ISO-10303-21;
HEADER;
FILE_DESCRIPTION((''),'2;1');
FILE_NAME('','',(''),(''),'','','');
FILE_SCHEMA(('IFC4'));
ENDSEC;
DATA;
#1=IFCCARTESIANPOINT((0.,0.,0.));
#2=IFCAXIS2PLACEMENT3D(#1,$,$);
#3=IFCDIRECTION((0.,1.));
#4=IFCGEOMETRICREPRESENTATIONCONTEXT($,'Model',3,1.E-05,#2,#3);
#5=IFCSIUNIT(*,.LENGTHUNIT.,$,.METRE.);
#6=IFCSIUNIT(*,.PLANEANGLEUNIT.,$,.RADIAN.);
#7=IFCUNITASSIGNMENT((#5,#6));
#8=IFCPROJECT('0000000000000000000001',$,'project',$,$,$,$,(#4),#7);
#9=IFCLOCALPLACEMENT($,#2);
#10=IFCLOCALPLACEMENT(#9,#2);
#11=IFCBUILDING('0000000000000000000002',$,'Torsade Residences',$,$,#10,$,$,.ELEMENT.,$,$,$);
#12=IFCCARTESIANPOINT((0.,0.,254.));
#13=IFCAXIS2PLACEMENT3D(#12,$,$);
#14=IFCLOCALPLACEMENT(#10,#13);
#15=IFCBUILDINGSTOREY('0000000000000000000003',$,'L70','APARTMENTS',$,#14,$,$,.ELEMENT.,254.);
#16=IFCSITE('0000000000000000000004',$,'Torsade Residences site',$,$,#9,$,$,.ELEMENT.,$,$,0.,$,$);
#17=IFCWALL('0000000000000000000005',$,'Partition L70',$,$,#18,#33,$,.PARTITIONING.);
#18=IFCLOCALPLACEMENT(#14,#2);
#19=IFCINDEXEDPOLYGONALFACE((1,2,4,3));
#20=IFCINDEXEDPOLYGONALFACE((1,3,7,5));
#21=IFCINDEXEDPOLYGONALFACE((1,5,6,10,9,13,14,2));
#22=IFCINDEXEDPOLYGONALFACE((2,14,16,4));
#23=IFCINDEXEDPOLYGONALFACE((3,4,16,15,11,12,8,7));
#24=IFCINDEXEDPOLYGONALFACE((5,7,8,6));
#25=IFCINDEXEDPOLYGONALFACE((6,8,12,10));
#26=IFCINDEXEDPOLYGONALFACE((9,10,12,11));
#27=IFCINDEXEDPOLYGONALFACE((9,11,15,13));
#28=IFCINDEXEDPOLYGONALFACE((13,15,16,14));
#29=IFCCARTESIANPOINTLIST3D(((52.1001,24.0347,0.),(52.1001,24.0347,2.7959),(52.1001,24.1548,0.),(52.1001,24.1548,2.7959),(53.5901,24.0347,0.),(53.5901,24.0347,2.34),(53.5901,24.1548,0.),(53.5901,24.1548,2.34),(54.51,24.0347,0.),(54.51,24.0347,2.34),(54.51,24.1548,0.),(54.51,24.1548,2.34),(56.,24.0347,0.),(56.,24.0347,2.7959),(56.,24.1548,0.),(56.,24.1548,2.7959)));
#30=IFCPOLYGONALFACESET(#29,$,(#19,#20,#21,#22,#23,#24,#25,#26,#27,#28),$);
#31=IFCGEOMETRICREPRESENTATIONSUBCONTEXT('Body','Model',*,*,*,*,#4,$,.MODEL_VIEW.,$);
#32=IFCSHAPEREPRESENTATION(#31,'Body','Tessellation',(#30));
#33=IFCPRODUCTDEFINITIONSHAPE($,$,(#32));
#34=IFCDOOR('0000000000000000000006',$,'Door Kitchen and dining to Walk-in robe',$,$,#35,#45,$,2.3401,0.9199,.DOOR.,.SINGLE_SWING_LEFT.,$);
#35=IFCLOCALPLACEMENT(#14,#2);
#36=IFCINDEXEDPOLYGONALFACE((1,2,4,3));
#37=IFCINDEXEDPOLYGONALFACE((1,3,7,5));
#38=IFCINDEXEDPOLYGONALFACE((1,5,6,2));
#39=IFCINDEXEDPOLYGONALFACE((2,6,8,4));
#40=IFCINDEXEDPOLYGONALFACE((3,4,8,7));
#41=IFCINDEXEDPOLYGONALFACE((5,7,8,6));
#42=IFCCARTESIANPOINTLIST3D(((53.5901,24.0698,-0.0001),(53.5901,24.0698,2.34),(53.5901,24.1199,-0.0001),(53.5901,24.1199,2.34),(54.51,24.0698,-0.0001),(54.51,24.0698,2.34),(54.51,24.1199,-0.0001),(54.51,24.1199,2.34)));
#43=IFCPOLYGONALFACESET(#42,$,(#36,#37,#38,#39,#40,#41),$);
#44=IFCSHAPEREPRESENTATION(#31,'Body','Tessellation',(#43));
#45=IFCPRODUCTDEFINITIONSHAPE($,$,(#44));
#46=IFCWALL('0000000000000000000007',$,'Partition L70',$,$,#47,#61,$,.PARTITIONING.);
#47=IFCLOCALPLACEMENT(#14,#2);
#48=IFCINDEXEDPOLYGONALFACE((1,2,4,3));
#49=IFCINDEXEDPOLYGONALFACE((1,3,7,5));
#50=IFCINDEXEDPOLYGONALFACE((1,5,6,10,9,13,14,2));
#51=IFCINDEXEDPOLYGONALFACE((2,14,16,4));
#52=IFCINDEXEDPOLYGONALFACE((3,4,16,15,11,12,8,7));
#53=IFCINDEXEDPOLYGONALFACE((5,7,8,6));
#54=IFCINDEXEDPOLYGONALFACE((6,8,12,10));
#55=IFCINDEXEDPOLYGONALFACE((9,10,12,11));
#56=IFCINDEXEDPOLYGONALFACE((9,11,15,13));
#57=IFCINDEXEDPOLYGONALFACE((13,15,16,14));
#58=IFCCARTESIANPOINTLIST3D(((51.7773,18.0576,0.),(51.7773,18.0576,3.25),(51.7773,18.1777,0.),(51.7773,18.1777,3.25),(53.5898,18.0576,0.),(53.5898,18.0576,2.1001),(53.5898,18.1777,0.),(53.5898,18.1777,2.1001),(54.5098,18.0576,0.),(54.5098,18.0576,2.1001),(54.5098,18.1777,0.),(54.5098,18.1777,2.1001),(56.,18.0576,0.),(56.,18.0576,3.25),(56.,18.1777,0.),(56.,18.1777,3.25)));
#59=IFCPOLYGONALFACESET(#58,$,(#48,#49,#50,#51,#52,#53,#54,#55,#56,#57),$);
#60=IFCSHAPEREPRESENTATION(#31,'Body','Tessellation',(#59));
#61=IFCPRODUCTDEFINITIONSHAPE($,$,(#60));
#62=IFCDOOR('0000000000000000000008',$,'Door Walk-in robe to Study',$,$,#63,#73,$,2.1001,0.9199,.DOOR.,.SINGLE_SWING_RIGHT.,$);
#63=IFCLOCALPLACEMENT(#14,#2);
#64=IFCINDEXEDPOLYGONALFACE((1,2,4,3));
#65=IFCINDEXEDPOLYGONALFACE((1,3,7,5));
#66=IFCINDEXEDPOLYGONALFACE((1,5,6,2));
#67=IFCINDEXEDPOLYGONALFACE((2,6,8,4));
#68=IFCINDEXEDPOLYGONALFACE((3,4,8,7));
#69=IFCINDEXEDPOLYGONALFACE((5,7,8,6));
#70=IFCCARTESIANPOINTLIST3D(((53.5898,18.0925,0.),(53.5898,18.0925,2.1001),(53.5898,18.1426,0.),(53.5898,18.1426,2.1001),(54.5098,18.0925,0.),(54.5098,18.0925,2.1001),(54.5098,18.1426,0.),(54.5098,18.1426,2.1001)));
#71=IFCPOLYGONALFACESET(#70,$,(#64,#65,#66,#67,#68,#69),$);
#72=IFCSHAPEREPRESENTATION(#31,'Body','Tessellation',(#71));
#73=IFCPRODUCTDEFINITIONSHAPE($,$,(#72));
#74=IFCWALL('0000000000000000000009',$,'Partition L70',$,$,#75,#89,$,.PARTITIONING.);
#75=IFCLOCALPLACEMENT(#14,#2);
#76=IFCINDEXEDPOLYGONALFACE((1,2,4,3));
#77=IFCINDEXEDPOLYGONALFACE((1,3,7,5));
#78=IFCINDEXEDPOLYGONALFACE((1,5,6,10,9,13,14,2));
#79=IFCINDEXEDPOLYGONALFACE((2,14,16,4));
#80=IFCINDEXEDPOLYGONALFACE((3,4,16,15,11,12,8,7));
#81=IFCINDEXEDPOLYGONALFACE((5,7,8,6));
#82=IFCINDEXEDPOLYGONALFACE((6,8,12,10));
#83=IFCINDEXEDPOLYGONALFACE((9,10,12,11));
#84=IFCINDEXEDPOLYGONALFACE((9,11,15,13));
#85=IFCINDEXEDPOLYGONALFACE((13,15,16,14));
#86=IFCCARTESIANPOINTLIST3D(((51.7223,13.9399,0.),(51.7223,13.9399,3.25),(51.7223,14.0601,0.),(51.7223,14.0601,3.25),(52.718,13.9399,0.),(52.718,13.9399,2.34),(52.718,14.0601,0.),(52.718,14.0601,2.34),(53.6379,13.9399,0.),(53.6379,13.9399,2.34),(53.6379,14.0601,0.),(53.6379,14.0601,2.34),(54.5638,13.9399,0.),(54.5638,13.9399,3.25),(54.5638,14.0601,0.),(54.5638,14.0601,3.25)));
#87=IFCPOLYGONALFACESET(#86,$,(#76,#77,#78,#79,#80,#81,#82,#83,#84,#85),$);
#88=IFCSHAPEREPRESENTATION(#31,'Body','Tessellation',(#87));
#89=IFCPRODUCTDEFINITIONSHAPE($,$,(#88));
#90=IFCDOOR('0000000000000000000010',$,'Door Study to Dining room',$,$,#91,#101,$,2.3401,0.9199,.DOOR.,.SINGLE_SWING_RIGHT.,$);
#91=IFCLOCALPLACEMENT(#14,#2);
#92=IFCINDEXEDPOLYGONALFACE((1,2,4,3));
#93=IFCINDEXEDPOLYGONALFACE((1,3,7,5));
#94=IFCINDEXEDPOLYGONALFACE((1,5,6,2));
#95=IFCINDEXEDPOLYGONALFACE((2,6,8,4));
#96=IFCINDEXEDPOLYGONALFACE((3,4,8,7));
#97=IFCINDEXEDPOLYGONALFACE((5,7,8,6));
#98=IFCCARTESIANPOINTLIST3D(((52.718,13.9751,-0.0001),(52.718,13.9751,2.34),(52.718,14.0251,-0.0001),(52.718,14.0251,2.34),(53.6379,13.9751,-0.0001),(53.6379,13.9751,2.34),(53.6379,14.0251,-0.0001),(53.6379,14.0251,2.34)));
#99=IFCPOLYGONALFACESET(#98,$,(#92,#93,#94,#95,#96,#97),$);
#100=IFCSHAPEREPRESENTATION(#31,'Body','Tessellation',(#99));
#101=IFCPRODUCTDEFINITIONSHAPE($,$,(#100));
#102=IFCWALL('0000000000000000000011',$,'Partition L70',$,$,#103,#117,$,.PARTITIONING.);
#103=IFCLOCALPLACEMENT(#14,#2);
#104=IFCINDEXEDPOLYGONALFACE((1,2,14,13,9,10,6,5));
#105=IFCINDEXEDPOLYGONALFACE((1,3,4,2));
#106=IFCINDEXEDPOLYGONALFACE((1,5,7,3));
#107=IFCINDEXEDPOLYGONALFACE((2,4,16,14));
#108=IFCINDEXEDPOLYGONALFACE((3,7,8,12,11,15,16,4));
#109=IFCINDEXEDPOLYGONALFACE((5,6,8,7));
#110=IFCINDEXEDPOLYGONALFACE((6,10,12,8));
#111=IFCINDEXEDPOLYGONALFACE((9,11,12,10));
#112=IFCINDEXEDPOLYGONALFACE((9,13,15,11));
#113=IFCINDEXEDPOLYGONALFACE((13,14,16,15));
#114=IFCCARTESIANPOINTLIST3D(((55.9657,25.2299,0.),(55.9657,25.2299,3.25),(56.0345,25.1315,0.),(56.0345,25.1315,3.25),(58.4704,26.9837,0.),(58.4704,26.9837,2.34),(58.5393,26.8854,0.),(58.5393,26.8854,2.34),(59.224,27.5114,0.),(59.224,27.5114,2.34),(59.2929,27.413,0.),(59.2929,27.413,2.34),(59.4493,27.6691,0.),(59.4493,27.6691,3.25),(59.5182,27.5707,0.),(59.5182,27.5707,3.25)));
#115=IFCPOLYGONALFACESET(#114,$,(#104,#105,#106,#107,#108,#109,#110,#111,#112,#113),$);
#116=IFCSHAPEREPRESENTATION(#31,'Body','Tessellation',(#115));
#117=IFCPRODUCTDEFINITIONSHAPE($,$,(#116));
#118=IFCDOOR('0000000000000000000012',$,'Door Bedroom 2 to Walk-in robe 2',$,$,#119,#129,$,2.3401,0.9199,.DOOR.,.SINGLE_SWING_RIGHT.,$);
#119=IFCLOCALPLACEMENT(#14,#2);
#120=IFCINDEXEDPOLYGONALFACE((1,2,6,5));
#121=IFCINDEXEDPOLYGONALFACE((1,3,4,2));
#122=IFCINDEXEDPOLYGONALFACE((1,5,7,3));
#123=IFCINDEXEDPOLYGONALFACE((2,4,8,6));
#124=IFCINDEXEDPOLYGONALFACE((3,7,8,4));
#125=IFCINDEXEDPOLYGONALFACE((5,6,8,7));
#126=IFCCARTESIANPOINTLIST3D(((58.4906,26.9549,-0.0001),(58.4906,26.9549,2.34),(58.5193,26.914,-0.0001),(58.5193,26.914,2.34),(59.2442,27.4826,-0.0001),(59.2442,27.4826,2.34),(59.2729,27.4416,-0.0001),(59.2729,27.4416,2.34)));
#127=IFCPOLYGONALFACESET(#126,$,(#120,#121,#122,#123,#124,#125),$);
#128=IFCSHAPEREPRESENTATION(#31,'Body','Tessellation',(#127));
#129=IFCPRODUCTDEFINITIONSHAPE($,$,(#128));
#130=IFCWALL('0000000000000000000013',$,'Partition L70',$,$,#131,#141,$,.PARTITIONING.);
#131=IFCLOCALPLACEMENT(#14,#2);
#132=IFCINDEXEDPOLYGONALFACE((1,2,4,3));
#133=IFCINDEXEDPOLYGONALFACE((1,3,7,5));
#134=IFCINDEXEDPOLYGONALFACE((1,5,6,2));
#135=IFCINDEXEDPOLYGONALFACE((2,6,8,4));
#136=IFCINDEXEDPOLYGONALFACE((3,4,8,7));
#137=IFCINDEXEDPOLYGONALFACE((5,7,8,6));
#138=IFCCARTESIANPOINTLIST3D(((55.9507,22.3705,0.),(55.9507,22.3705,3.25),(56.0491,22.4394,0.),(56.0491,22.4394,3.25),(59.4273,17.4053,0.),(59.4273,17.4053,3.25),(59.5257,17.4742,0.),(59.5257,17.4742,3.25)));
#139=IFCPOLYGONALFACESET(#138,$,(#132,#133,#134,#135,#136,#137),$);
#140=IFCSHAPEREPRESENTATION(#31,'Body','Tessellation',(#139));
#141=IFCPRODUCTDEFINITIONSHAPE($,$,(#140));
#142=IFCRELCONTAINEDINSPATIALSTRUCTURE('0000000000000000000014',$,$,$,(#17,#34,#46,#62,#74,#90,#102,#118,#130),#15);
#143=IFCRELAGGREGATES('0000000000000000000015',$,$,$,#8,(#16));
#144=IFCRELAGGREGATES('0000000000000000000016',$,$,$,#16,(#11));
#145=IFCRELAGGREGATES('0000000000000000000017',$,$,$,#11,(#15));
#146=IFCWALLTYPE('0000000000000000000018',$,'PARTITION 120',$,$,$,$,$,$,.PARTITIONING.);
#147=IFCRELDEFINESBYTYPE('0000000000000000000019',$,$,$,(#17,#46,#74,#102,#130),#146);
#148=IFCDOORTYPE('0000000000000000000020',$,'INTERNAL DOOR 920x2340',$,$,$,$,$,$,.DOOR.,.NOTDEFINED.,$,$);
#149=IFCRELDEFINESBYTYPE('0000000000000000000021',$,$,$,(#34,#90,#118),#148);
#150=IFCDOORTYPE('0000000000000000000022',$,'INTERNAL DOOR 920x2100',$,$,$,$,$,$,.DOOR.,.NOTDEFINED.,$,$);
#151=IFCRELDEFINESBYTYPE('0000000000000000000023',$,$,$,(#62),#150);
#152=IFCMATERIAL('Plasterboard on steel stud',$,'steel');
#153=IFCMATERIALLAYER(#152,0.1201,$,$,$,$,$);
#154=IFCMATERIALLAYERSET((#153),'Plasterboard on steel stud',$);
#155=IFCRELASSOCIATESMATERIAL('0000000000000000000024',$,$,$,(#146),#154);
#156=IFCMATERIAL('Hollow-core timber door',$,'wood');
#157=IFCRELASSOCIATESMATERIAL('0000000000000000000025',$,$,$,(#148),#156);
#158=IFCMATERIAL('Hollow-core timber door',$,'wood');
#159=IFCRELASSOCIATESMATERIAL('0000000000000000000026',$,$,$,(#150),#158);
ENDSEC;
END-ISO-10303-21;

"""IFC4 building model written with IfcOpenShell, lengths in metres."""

from ifc_helpers import new_model, si_unit, direction, frame, frame_2d, origin, place, context, subcontext, project, spatial, rectangle, extrude, material, layer, layer_set, type_object, element, fill, save


model = new_model("IFC4")

# Units and contexts
model_context = context("Model", 3, precision=1e-05, world=origin(), true_north=direction((0.0, 1.0)))
body_context = subcontext(model_context, "Body", "Model", "MODEL_VIEW")
ifc_project = project(units=[si_unit("LENGTHUNIT", "METRE"), si_unit("PLANEANGLEUNIT", "RADIAN")], contexts=[model_context])

# Site, building, storey
site_placement = place(None, origin())
site = spatial("IfcSite", under=ifc_project, at=site_placement, Name="Torsade Residences site", CompositionType="ELEMENT", RefElevation=0.0)
building_placement = place(site_placement, origin())
building = spatial("IfcBuilding", under=site, at=building_placement, Name="Torsade Residences", CompositionType="ELEMENT")
storey_placement = place(building_placement, frame((0.0, 0.0, 254.0)))
storey = spatial("IfcBuildingStorey", under=building, at=storey_placement, Name="L70", Description="APARTMENTS", CompositionType="ELEMENT", Elevation=254.0)

# Walls, openings, doors
ifc_material_1 = material(Name="Plasterboard on steel stud", Category="steel")
ifc_layer_1 = layer(ifc_material_1, 0.1201)
ifc_layer_set_1 = layer_set([ifc_layer_1], Name="Plasterboard on steel stud")
wall_type_1 = type_object("IfcWallType", Name="PARTITION 120", PredefinedType="PARTITIONING", material=ifc_layer_set_1)
wall_1_placement = place(storey_placement, frame((56.0, 24.0947, 0.0), z_axis=(0.0, 0.0, 1.0), x_axis=(-1.0, 0.0, 0.0)))
wall_1 = element("IfcWall", 1, at=wall_1_placement, inside=storey, type_object=wall_type_1, Name="Partition L70", PredefinedType="PARTITIONING", context=body_context, shape_type="SweptSolid", body=[
    extrude(rectangle(XDim=3.8999, YDim=0.1201, at=frame_2d((1.95, 0.0))), origin(), (0.0, 0.0, 1.0), 2.7959),
])
opening_1_placement = place(wall_1_placement, frame((1.49, 0.0, 0.0)))
opening_1 = element("IfcOpeningElement", 2, at=opening_1_placement, cuts=wall_1, PredefinedType="OPENING", context=body_context, shape_type="SweptSolid", body=[
    extrude(rectangle(XDim=0.9199, YDim=2.3401, at=frame_2d((0.46, 1.1699))), frame((0.0, 0.0701, 0.0), z_axis=(0.0, -1.0, 0.0), x_axis=(1.0, 0.0, 0.0)), (0.0, 0.0, 1.0), 0.1401),
])
ifc_material_2 = material(Name="Hollow-core timber door", Category="wood")
door_type_1 = type_object("IfcDoorType", Name="INTERNAL DOOR 920x2340", OperationType="NOTDEFINED", PredefinedType="DOOR", material=ifc_material_2)
door_1_placement = place(opening_1_placement, origin())
door_1 = element("IfcDoor", 3, at=door_1_placement, inside=storey, type_object=door_type_1, Name="Door Kitchen and dining to Walk-in robe", OperationType="SINGLE_SWING_LEFT", OverallHeight=2.3401, OverallWidth=0.9199, PredefinedType="DOOR", context=body_context, shape_type="SweptSolid", body=[
    extrude(rectangle(XDim=0.9199, YDim=2.3401, at=frame_2d((0.46, 1.1699))), frame((0.0, 0.0249, 0.0), z_axis=(0.0, -1.0, 0.0), x_axis=(1.0, 0.0, 0.0)), (0.0, 0.0, 1.0), 0.05),
])
fill(opening_1, door_1)
wall_2_placement = place(storey_placement, frame((51.7773, 18.1177, 0.0), z_axis=(0.0, 0.0, 1.0), x_axis=(1.0, 0.0, 0.0)))
wall_2 = element("IfcWall", 4, at=wall_2_placement, inside=storey, type_object=wall_type_1, Name="Partition L70", PredefinedType="PARTITIONING", context=body_context, shape_type="SweptSolid", body=[
    extrude(rectangle(XDim=4.2227, YDim=0.1201, at=frame_2d((2.1113, 0.0))), origin(), (0.0, 0.0, 1.0), 3.25),
])
opening_2_placement = place(wall_2_placement, frame((1.8125, 0.0, 0.0)))
opening_2 = element("IfcOpeningElement", 5, at=opening_2_placement, cuts=wall_2, PredefinedType="OPENING", context=body_context, shape_type="SweptSolid", body=[
    extrude(rectangle(XDim=0.9199, YDim=2.1001, at=frame_2d((0.46, 1.05))), frame((0.0, 0.0701, 0.0), z_axis=(0.0, -1.0, 0.0), x_axis=(1.0, 0.0, 0.0)), (0.0, 0.0, 1.0), 0.1401),
])
ifc_material_3 = material(Name="Hollow-core timber door", Category="wood")
door_type_2 = type_object("IfcDoorType", Name="INTERNAL DOOR 920x2100", OperationType="NOTDEFINED", PredefinedType="DOOR", material=ifc_material_3)
door_2_placement = place(opening_2_placement, origin())
door_2 = element("IfcDoor", 6, at=door_2_placement, inside=storey, type_object=door_type_2, Name="Door Walk-in robe to Study", OperationType="SINGLE_SWING_RIGHT", OverallHeight=2.1001, OverallWidth=0.9199, PredefinedType="DOOR", context=body_context, shape_type="SweptSolid", body=[
    extrude(rectangle(XDim=0.9199, YDim=2.1001, at=frame_2d((0.46, 1.05))), frame((0.0, 0.0249, 0.0), z_axis=(0.0, -1.0, 0.0), x_axis=(1.0, 0.0, 0.0)), (0.0, 0.0, 1.0), 0.05),
])
fill(opening_2, door_2)
wall_3_placement = place(storey_placement, frame((54.564, 14.0, 0.0), z_axis=(0.0, 0.0, 1.0), x_axis=(-1.0, 0.0, 0.0)))
wall_3 = element("IfcWall", 7, at=wall_3_placement, inside=storey, type_object=wall_type_1, Name="Partition L70", PredefinedType="PARTITIONING", context=body_context, shape_type="SweptSolid", body=[
    extrude(rectangle(XDim=2.8416, YDim=0.1201, at=frame_2d((1.4209, 0.0))), origin(), (0.0, 0.0, 1.0), 3.25),
])
opening_3_placement = place(wall_3_placement, frame((0.926, 0.0, 0.0)))
opening_3 = element("IfcOpeningElement", 8, at=opening_3_placement, cuts=wall_3, PredefinedType="OPENING", context=body_context, shape_type="SweptSolid", body=[
    extrude(rectangle(XDim=0.9199, YDim=2.3401, at=frame_2d((0.46, 1.1699))), frame((0.0, 0.0701, 0.0), z_axis=(0.0, -1.0, 0.0), x_axis=(1.0, 0.0, 0.0)), (0.0, 0.0, 1.0), 0.1401),
])
door_3_placement = place(opening_3_placement, origin())
door_3 = element("IfcDoor", 9, at=door_3_placement, inside=storey, type_object=door_type_1, Name="Door Study to Dining room", OperationType="SINGLE_SWING_RIGHT", OverallHeight=2.3401, OverallWidth=0.9199, PredefinedType="DOOR", context=body_context, shape_type="SweptSolid", body=[
    extrude(rectangle(XDim=0.9199, YDim=2.3401, at=frame_2d((0.46, 1.1699))), frame((0.0, 0.0249, 0.0), z_axis=(0.0, -1.0, 0.0), x_axis=(1.0, 0.0, 0.0)), (0.0, 0.0, 1.0), 0.05),
])
fill(opening_3, door_3)
wall_4_placement = place(storey_placement, frame((56.0, 25.1807, 0.0), z_axis=(0.0, 0.0, 1.0), x_axis=(0.819159, 0.573566, 0.0)))
wall_4 = element("IfcWall", 10, at=wall_4_placement, inside=storey, type_object=wall_type_1, Name="Partition L70", PredefinedType="PARTITIONING", context=body_context, shape_type="SweptSolid", body=[
    extrude(rectangle(XDim=4.2527, YDim=0.1201, at=frame_2d((2.1265, 0.0))), origin(), (0.0, 0.0, 1.0), 3.25),
])
opening_4_placement = place(wall_4_placement, frame((3.0579, 0.0, 0.0)))
opening_4 = element("IfcOpeningElement", 11, at=opening_4_placement, cuts=wall_4, PredefinedType="OPENING", context=body_context, shape_type="SweptSolid", body=[
    extrude(rectangle(XDim=0.9199, YDim=2.3401, at=frame_2d((0.46, 1.1699))), frame((0.0, 0.0701, 0.0), z_axis=(0.0, -1.0, 0.0), x_axis=(1.0, 0.0, 0.0)), (0.0, 0.0, 1.0), 0.1401),
])
door_4_placement = place(opening_4_placement, origin())
door_4 = element("IfcDoor", 12, at=door_4_placement, inside=storey, type_object=door_type_1, Name="Door Bedroom 2 to Walk-in robe 2", OperationType="SINGLE_SWING_RIGHT", OverallHeight=2.3401, OverallWidth=0.9199, PredefinedType="DOOR", context=body_context, shape_type="SweptSolid", body=[
    extrude(rectangle(XDim=0.9199, YDim=2.3401, at=frame_2d((0.46, 1.1699))), frame((0.0, 0.0249, 0.0), z_axis=(0.0, -1.0, 0.0), x_axis=(1.0, 0.0, 0.0)), (0.0, 0.0, 1.0), 0.05),
])
fill(opening_4, door_4)

# Wall
wall_5_placement = place(storey_placement, frame((59.4766, 17.4397, 0.0), z_axis=(0.0, 0.0, 1.0), x_axis=(-0.573573, 0.819154, 0.0)))
element("IfcWall", 13, at=wall_5_placement, inside=storey, type_object=wall_type_1, Name="Partition L70", PredefinedType="PARTITIONING", context=body_context, shape_type="SweptSolid", body=[
    extrude(rectangle(XDim=6.0613, YDim=0.1201, at=frame_2d((3.0308, 0.0))), origin(), (0.0, 0.0, 1.0), 3.25),
])

save(model, "model.ifc")
